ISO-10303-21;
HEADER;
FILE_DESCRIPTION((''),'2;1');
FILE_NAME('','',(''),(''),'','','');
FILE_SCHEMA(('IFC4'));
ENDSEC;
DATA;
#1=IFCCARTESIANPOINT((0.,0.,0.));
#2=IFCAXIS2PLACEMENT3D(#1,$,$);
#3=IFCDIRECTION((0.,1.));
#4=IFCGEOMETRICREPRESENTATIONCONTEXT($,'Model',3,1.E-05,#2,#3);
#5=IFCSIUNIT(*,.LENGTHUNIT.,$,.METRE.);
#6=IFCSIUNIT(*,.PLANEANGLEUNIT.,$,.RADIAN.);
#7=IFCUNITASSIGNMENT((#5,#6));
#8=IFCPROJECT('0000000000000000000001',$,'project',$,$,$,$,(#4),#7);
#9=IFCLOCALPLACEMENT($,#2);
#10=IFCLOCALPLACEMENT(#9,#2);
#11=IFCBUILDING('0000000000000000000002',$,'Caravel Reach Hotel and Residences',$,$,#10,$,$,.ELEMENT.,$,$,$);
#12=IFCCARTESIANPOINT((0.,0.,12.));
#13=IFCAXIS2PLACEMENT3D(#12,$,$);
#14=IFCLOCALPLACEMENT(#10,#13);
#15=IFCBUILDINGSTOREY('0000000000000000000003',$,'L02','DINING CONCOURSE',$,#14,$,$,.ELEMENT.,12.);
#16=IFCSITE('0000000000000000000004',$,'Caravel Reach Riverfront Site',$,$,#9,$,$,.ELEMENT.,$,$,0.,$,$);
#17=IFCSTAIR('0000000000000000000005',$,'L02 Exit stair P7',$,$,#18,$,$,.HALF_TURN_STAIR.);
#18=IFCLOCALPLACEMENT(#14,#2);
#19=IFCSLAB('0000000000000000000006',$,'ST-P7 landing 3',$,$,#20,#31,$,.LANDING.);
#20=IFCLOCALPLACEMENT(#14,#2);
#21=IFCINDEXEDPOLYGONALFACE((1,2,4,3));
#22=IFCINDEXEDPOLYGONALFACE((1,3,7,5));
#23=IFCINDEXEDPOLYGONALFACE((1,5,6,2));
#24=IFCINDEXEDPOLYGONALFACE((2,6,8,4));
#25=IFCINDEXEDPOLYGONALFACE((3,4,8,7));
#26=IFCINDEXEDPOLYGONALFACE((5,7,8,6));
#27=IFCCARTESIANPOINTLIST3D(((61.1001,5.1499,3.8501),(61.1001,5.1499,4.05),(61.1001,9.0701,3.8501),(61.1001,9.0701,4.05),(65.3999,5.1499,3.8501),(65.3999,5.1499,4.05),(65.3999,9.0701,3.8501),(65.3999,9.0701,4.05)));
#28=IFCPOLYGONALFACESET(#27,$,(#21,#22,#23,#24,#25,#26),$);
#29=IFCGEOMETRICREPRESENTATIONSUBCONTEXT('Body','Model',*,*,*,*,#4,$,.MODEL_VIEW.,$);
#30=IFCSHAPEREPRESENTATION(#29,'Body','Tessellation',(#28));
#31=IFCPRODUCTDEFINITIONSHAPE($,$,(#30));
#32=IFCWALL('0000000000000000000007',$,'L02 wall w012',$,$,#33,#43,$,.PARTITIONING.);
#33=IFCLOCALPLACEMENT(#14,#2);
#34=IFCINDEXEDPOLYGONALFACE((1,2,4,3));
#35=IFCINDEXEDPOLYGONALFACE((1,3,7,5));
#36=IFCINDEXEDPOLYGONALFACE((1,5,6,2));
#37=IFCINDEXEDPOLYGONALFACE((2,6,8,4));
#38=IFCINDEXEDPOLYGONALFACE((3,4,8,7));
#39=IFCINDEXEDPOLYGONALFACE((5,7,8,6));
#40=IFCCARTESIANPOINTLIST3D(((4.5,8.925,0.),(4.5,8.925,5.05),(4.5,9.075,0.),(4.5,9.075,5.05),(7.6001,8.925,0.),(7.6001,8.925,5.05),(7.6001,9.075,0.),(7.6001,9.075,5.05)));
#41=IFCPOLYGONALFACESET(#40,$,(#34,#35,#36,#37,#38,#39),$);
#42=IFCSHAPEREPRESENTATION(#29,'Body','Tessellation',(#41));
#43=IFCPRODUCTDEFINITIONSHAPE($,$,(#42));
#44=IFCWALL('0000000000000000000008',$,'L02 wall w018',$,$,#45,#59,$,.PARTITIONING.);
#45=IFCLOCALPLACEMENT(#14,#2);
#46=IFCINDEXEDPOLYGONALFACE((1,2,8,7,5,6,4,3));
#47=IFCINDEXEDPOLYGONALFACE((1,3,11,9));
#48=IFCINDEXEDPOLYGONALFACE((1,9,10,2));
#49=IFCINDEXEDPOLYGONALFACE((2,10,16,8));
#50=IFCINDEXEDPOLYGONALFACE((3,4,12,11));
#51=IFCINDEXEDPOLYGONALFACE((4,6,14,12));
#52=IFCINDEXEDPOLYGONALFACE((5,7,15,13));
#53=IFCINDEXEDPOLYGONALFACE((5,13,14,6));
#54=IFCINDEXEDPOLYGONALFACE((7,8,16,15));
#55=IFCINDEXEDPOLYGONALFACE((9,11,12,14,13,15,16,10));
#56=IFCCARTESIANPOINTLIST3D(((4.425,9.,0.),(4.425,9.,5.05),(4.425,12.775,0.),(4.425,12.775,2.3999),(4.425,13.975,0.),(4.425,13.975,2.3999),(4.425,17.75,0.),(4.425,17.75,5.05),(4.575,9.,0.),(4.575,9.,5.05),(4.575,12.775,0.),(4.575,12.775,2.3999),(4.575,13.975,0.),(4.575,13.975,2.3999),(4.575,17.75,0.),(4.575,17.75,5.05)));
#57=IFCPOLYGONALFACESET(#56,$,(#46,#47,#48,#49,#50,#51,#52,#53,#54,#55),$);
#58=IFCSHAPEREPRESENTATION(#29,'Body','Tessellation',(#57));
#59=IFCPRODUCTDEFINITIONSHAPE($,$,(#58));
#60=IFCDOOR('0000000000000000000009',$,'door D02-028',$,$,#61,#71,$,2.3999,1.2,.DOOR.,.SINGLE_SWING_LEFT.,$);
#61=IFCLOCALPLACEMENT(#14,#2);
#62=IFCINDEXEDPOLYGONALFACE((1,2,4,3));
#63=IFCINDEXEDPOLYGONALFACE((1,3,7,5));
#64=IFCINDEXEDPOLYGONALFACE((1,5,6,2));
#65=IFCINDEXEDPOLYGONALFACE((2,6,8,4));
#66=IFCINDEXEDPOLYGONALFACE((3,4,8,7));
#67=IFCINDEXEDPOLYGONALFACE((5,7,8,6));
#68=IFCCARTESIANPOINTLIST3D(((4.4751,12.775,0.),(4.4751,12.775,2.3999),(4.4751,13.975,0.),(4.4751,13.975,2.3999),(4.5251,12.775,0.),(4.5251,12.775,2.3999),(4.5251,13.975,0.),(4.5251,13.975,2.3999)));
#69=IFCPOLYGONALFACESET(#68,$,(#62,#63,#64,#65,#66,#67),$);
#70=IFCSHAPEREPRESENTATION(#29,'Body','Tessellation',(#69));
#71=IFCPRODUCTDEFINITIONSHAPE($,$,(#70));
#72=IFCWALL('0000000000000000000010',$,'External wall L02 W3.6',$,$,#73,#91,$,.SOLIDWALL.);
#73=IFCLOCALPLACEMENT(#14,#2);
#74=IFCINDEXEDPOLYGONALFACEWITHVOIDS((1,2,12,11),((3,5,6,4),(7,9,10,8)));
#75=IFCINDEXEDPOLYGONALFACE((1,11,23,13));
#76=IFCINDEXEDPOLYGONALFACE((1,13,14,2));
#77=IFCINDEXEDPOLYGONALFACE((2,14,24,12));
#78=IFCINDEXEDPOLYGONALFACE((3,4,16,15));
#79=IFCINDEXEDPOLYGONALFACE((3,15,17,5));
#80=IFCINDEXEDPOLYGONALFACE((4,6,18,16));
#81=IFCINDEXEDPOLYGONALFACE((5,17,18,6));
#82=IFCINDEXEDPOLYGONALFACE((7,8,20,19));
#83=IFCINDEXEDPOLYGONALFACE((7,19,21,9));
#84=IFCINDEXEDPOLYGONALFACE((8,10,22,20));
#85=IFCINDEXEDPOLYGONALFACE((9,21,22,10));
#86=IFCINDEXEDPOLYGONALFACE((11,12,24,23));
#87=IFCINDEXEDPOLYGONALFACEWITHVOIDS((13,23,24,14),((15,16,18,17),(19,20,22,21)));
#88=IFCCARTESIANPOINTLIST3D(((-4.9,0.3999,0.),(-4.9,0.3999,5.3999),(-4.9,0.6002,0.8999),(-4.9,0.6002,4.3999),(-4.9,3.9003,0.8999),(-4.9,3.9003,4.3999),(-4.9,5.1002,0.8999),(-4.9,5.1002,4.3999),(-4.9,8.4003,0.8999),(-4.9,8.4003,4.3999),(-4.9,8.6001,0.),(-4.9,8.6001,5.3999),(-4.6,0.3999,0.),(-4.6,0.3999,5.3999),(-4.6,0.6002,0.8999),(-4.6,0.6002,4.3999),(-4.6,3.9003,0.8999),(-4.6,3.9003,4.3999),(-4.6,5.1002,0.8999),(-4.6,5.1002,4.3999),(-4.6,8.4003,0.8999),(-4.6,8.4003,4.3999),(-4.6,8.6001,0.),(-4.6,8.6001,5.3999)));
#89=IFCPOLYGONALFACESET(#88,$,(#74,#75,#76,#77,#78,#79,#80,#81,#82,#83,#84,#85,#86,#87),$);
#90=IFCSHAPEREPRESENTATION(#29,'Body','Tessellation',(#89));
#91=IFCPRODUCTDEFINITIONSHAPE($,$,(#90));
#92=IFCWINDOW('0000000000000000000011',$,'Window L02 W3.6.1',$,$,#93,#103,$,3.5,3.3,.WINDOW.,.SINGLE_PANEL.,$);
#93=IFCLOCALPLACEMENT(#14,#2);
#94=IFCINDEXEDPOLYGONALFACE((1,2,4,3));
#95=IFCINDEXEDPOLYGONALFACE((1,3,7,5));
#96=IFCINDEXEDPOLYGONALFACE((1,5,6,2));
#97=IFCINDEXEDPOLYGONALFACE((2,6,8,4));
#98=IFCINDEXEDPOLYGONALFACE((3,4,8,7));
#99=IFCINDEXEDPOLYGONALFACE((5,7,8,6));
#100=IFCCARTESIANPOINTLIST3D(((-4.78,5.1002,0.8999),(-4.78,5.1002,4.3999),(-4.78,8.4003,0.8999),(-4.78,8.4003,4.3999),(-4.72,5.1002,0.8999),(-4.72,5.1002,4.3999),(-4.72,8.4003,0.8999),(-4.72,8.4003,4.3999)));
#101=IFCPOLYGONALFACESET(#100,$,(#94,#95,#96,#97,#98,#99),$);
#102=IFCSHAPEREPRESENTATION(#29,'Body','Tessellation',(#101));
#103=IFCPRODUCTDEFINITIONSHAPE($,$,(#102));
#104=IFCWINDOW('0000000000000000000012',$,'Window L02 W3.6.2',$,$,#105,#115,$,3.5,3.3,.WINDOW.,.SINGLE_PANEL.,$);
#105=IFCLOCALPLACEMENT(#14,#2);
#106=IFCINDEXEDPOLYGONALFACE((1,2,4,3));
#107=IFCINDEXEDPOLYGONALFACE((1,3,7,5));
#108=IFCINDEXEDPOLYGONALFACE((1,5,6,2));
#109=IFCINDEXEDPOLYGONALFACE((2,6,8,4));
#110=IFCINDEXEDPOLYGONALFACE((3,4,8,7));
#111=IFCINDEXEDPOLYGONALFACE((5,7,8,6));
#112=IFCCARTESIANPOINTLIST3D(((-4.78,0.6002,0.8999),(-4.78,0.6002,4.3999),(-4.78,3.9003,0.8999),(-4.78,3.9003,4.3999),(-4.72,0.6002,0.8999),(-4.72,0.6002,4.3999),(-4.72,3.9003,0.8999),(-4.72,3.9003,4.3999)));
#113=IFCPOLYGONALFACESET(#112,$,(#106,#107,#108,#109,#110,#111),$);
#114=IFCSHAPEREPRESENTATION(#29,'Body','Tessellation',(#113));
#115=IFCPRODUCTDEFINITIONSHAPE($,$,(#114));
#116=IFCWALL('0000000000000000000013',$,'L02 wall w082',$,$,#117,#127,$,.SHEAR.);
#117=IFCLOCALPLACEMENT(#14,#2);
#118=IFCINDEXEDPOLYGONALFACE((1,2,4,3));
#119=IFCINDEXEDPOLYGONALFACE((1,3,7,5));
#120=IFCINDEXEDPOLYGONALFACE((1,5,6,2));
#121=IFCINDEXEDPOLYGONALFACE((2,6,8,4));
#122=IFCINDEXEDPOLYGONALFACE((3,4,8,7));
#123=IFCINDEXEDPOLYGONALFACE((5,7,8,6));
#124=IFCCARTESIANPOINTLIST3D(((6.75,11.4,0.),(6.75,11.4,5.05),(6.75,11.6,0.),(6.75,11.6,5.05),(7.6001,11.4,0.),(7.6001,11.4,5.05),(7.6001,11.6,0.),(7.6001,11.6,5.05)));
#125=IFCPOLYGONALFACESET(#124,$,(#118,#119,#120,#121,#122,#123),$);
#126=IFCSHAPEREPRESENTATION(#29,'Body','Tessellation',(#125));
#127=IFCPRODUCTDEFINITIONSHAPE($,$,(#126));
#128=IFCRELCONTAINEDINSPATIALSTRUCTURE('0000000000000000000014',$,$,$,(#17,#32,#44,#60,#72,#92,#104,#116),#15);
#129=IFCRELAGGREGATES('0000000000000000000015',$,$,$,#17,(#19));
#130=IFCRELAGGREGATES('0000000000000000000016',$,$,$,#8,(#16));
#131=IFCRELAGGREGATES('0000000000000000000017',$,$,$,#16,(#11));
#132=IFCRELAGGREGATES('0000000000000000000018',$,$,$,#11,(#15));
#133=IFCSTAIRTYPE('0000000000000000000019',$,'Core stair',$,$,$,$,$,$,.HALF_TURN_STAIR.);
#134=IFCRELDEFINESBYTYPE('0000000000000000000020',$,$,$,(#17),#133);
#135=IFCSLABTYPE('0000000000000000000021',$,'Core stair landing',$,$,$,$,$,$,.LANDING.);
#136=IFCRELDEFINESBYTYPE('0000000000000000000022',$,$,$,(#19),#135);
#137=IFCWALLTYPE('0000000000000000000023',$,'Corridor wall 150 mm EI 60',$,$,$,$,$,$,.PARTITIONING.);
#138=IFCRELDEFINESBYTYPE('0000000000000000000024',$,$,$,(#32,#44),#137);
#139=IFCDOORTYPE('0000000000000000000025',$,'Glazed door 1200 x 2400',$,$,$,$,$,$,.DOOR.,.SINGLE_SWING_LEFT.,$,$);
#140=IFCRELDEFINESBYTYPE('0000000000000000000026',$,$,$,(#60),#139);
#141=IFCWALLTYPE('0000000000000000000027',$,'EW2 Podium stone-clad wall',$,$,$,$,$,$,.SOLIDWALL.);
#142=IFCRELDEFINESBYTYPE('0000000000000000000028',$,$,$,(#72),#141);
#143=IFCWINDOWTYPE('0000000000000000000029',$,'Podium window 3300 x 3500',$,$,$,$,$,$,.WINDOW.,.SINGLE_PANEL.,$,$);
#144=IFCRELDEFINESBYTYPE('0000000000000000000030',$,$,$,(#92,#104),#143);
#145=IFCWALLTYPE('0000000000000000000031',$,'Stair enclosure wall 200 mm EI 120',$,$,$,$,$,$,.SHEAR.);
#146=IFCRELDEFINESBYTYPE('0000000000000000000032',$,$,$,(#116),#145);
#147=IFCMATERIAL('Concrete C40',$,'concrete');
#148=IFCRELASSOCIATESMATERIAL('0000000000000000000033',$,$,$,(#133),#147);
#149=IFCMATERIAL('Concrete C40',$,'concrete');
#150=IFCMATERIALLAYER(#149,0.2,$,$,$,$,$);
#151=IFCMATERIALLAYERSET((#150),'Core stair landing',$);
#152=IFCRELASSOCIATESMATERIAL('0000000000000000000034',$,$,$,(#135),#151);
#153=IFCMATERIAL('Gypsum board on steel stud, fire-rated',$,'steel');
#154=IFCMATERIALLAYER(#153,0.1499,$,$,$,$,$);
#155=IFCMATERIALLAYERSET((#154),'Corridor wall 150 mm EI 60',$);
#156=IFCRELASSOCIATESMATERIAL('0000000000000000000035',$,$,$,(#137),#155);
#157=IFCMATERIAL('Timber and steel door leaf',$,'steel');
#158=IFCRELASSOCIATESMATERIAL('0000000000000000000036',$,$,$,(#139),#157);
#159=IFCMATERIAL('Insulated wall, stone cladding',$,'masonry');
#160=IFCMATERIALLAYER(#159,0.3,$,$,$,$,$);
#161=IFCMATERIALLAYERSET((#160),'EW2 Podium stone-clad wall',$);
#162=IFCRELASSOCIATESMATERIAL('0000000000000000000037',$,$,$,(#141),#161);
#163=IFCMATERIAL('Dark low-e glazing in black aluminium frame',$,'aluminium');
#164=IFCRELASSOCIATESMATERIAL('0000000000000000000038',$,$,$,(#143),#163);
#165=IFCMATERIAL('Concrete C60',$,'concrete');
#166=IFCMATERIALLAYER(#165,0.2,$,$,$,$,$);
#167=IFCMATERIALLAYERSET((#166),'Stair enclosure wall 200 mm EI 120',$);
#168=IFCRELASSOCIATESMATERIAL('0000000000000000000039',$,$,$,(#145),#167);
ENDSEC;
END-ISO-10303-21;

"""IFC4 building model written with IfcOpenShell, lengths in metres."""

from ifc_helpers import new_model, si_unit, direction, frame, frame_2d, origin, place, context, subcontext, project, spatial, polyline, rectangle, outline, extrude, material, layer, layer_set, type_object, element, fill, aggregate, save


model = new_model("IFC4")

# Units and contexts
model_context = context("Model", 3, precision=1e-05, world=origin(), true_north=direction((0.0, 1.0)))
body_context = subcontext(model_context, "Body", "Model", "MODEL_VIEW")
ifc_project = project(units=[si_unit("LENGTHUNIT", "METRE"), si_unit("PLANEANGLEUNIT", "RADIAN")], contexts=[model_context])

# Site, building, storey
site_placement = place(None, origin())
site = spatial("IfcSite", under=ifc_project, at=site_placement, Name="Caravel Reach Riverfront Site", CompositionType="ELEMENT", RefElevation=0.0)
building_placement = place(site_placement, origin())
building = spatial("IfcBuilding", under=site, at=building_placement, Name="Caravel Reach Hotel and Residences", CompositionType="ELEMENT")
storey_placement = place(building_placement, frame((0.0, 0.0, 12.0)))
storey = spatial("IfcBuildingStorey", under=building, at=storey_placement, Name="L02", Description="DINING CONCOURSE", CompositionType="ELEMENT", Elevation=12.0)

# Stair, slab
ifc_material_1 = material(Name="Concrete C40", Category="concrete")
stair_type = type_object("IfcStairType", Name="Core stair", PredefinedType="HALF_TURN_STAIR", material=ifc_material_1)
ifc_material_2 = material(Name="Concrete C40", Category="concrete")
ifc_layer_1 = layer(ifc_material_2, 0.2)
ifc_layer_set_1 = layer_set([ifc_layer_1], Name="Core stair landing")
slab_type = type_object("IfcSlabType", Name="Core stair landing", PredefinedType="LANDING", material=ifc_layer_set_1)
stair_1_placement = place(storey_placement, origin())
stair_1 = element("IfcStair", 1, at=stair_1_placement, inside=storey, type_object=stair_type, Name="L02 Exit stair P7", PredefinedType="HALF_TURN_STAIR")
slab_1_placement = place(storey_placement, frame((0.0, 0.0, 3.8501)))
slab_1 = element("IfcSlab", 2, at=slab_1_placement, type_object=slab_type, Name="ST-P7 landing 3", PredefinedType="LANDING", context=body_context, shape_type="SweptSolid", body=[
    extrude(outline(polyline([(61.1001, 9.0701), (61.1001, 5.1499), (65.3999, 5.1499), (65.3999, 9.0701), (61.1001, 9.0701)])), origin(), (0.0, 0.0, 1.0), 0.2),
])
aggregate(stair_1, [slab_1])

# Wall
ifc_material_3 = material(Name="Gypsum board on steel stud, fire-rated", Category="steel")
ifc_layer_2 = layer(ifc_material_3, 0.1499)
ifc_layer_set_2 = layer_set([ifc_layer_2], Name="Corridor wall 150 mm EI 60")
wall_type_1 = type_object("IfcWallType", Name="Corridor wall 150 mm EI 60", PredefinedType="PARTITIONING", material=ifc_layer_set_2)
wall_1_placement = place(storey_placement, frame((4.5, 9.0, 0.0), z_axis=(0.0, 0.0, 1.0), x_axis=(1.0, 0.0, 0.0)))
element("IfcWall", 3, at=wall_1_placement, inside=storey, type_object=wall_type_1, Name="L02 wall w012", PredefinedType="PARTITIONING", context=body_context, shape_type="SweptSolid", body=[
    extrude(rectangle(XDim=3.1001, YDim=0.1499, at=frame_2d((1.55, 0.0))), origin(), (0.0, 0.0, 1.0), 5.05),
])

# Wall, opening, door
wall_2_placement = place(storey_placement, frame((4.5, 9.0, 0.0), z_axis=(0.0, 0.0, 1.0), x_axis=(0.0, 1.0, 0.0)))
wall_2 = element("IfcWall", 4, at=wall_2_placement, inside=storey, type_object=wall_type_1, Name="L02 wall w018", PredefinedType="PARTITIONING", context=body_context, shape_type="SweptSolid", body=[
    extrude(rectangle(XDim=8.75, YDim=0.1499, at=frame_2d((4.375, 0.0))), origin(), (0.0, 0.0, 1.0), 5.05),
])
opening_1_placement = place(wall_2_placement, frame((3.7749, 0.0, 0.0)))
opening_1 = element("IfcOpeningElement", 5, at=opening_1_placement, cuts=wall_2, PredefinedType="OPENING", context=body_context, shape_type="SweptSolid", body=[
    extrude(rectangle(XDim=1.2, YDim=2.3999, at=frame_2d((0.6001, 1.2))), frame((0.0, 0.085, 0.0), z_axis=(0.0, -1.0, 0.0), x_axis=(1.0, 0.0, 0.0)), (0.0, 0.0, 1.0), 0.1699),
])
ifc_material_4 = material(Name="Timber and steel door leaf", Category="steel")
door_type = type_object("IfcDoorType", Name="Glazed door 1200 x 2400", OperationType="SINGLE_SWING_LEFT", PredefinedType="DOOR", material=ifc_material_4)
door_placement = place(opening_1_placement, origin())
door = element("IfcDoor", 6, at=door_placement, inside=storey, type_object=door_type, Name="door D02-028", OperationType="SINGLE_SWING_LEFT", OverallHeight=2.3999, OverallWidth=1.2, PredefinedType="DOOR", context=body_context, shape_type="SweptSolid", body=[
    extrude(rectangle(XDim=1.2, YDim=2.3999, at=frame_2d((0.6001, 1.2))), frame((0.0, 0.0249, 0.0), z_axis=(0.0, -1.0, 0.0), x_axis=(1.0, 0.0, 0.0)), (0.0, 0.0, 1.0), 0.05),
])
fill(opening_1, door)

# Wall, openings, windows
ifc_material_5 = material(Name="Insulated wall, stone cladding", Category="masonry")
ifc_layer_3 = layer(ifc_material_5, 0.3)
ifc_layer_set_3 = layer_set([ifc_layer_3], Name="EW2 Podium stone-clad wall")
wall_type_2 = type_object("IfcWallType", Name="EW2 Podium stone-clad wall", PredefinedType="SOLIDWALL", material=ifc_layer_set_3)
wall_3_placement = place(storey_placement, frame((-4.75, 8.6001, 0.0), z_axis=(0.0, 0.0, 1.0), x_axis=(0.0, -1.0, 0.0)))
wall_3 = element("IfcWall", 7, at=wall_3_placement, inside=storey, type_object=wall_type_2, Name="External wall L02 W3.6", PredefinedType="SOLIDWALL", context=body_context, shape_type="SweptSolid", body=[
    extrude(rectangle(XDim=8.2002, YDim=0.3, at=frame_2d((4.1001, 0.0))), origin(), (0.0, 0.0, 1.0), 5.3999),
])
opening_2_placement = place(wall_3_placement, frame((0.2, 0.0, 0.8999)))
opening_2 = element("IfcOpeningElement", 8, at=opening_2_placement, cuts=wall_3, PredefinedType="OPENING", context=body_context, shape_type="SweptSolid", body=[
    extrude(rectangle(XDim=3.3, YDim=3.5, at=frame_2d((1.6499, 1.75))), frame((0.0, 0.1599, 0.0), z_axis=(0.0, -1.0, 0.0), x_axis=(1.0, 0.0, 0.0)), (0.0, 0.0, 1.0), 0.3201),
])
opening_3_placement = place(wall_3_placement, frame((4.7, 0.0, 0.8999)))
opening_3 = element("IfcOpeningElement", 9, at=opening_3_placement, cuts=wall_3, PredefinedType="OPENING", context=body_context, shape_type="SweptSolid", body=[
    extrude(rectangle(XDim=3.3, YDim=3.5, at=frame_2d((1.6499, 1.75))), frame((0.0, 0.1599, 0.0), z_axis=(0.0, -1.0, 0.0), x_axis=(1.0, 0.0, 0.0)), (0.0, 0.0, 1.0), 0.3201),
])
ifc_material_6 = material(Name="Dark low-e glazing in black aluminium frame", Category="aluminium")
window_type = type_object("IfcWindowType", Name="Podium window 3300 x 3500", PartitioningType="SINGLE_PANEL", PredefinedType="WINDOW", material=ifc_material_6)
window_1_placement = place(opening_2_placement, origin())
window_1 = element("IfcWindow", 10, at=window_1_placement, inside=storey, type_object=window_type, Name="Window L02 W3.6.1", OverallHeight=3.5, OverallWidth=3.3, PartitioningType="SINGLE_PANEL", PredefinedType="WINDOW", context=body_context, shape_type="SweptSolid", body=[
    extrude(rectangle(XDim=3.3, YDim=3.5, at=frame_2d((1.6499, 1.75))), frame((0.0, 0.03, 0.0), z_axis=(0.0, -1.0, 0.0), x_axis=(1.0, 0.0, 0.0)), (0.0, 0.0, 1.0), 0.0601),
])
fill(opening_2, window_1)
window_2_placement = place(opening_3_placement, origin())
window_2 = element("IfcWindow", 11, at=window_2_placement, inside=storey, type_object=window_type, Name="Window L02 W3.6.2", OverallHeight=3.5, OverallWidth=3.3, PartitioningType="SINGLE_PANEL", PredefinedType="WINDOW", context=body_context, shape_type="SweptSolid", body=[
    extrude(rectangle(XDim=3.3, YDim=3.5, at=frame_2d((1.6499, 1.75))), frame((0.0, 0.03, 0.0), z_axis=(0.0, -1.0, 0.0), x_axis=(1.0, 0.0, 0.0)), (0.0, 0.0, 1.0), 0.0601),
])
fill(opening_3, window_2)

# Wall
ifc_material_7 = material(Name="Concrete C60", Category="concrete")
ifc_layer_4 = layer(ifc_material_7, 0.2)
ifc_layer_set_4 = layer_set([ifc_layer_4], Name="Stair enclosure wall 200 mm EI 120")
wall_type_3 = type_object("IfcWallType", Name="Stair enclosure wall 200 mm EI 120", PredefinedType="SHEAR", material=ifc_layer_set_4)
wall_4_placement = place(storey_placement, frame((6.75, 11.5, 0.0), z_axis=(0.0, 0.0, 1.0), x_axis=(1.0, 0.0, 0.0)))
element("IfcWall", 12, at=wall_4_placement, inside=storey, type_object=wall_type_3, Name="L02 wall w082", PredefinedType="SHEAR", context=body_context, shape_type="SweptSolid", body=[
    extrude(rectangle(XDim=0.8501, YDim=0.2, at=frame_2d((0.425, 0.0))), origin(), (0.0, 0.0, 1.0), 5.05),
])

save(model, "model.ifc")
